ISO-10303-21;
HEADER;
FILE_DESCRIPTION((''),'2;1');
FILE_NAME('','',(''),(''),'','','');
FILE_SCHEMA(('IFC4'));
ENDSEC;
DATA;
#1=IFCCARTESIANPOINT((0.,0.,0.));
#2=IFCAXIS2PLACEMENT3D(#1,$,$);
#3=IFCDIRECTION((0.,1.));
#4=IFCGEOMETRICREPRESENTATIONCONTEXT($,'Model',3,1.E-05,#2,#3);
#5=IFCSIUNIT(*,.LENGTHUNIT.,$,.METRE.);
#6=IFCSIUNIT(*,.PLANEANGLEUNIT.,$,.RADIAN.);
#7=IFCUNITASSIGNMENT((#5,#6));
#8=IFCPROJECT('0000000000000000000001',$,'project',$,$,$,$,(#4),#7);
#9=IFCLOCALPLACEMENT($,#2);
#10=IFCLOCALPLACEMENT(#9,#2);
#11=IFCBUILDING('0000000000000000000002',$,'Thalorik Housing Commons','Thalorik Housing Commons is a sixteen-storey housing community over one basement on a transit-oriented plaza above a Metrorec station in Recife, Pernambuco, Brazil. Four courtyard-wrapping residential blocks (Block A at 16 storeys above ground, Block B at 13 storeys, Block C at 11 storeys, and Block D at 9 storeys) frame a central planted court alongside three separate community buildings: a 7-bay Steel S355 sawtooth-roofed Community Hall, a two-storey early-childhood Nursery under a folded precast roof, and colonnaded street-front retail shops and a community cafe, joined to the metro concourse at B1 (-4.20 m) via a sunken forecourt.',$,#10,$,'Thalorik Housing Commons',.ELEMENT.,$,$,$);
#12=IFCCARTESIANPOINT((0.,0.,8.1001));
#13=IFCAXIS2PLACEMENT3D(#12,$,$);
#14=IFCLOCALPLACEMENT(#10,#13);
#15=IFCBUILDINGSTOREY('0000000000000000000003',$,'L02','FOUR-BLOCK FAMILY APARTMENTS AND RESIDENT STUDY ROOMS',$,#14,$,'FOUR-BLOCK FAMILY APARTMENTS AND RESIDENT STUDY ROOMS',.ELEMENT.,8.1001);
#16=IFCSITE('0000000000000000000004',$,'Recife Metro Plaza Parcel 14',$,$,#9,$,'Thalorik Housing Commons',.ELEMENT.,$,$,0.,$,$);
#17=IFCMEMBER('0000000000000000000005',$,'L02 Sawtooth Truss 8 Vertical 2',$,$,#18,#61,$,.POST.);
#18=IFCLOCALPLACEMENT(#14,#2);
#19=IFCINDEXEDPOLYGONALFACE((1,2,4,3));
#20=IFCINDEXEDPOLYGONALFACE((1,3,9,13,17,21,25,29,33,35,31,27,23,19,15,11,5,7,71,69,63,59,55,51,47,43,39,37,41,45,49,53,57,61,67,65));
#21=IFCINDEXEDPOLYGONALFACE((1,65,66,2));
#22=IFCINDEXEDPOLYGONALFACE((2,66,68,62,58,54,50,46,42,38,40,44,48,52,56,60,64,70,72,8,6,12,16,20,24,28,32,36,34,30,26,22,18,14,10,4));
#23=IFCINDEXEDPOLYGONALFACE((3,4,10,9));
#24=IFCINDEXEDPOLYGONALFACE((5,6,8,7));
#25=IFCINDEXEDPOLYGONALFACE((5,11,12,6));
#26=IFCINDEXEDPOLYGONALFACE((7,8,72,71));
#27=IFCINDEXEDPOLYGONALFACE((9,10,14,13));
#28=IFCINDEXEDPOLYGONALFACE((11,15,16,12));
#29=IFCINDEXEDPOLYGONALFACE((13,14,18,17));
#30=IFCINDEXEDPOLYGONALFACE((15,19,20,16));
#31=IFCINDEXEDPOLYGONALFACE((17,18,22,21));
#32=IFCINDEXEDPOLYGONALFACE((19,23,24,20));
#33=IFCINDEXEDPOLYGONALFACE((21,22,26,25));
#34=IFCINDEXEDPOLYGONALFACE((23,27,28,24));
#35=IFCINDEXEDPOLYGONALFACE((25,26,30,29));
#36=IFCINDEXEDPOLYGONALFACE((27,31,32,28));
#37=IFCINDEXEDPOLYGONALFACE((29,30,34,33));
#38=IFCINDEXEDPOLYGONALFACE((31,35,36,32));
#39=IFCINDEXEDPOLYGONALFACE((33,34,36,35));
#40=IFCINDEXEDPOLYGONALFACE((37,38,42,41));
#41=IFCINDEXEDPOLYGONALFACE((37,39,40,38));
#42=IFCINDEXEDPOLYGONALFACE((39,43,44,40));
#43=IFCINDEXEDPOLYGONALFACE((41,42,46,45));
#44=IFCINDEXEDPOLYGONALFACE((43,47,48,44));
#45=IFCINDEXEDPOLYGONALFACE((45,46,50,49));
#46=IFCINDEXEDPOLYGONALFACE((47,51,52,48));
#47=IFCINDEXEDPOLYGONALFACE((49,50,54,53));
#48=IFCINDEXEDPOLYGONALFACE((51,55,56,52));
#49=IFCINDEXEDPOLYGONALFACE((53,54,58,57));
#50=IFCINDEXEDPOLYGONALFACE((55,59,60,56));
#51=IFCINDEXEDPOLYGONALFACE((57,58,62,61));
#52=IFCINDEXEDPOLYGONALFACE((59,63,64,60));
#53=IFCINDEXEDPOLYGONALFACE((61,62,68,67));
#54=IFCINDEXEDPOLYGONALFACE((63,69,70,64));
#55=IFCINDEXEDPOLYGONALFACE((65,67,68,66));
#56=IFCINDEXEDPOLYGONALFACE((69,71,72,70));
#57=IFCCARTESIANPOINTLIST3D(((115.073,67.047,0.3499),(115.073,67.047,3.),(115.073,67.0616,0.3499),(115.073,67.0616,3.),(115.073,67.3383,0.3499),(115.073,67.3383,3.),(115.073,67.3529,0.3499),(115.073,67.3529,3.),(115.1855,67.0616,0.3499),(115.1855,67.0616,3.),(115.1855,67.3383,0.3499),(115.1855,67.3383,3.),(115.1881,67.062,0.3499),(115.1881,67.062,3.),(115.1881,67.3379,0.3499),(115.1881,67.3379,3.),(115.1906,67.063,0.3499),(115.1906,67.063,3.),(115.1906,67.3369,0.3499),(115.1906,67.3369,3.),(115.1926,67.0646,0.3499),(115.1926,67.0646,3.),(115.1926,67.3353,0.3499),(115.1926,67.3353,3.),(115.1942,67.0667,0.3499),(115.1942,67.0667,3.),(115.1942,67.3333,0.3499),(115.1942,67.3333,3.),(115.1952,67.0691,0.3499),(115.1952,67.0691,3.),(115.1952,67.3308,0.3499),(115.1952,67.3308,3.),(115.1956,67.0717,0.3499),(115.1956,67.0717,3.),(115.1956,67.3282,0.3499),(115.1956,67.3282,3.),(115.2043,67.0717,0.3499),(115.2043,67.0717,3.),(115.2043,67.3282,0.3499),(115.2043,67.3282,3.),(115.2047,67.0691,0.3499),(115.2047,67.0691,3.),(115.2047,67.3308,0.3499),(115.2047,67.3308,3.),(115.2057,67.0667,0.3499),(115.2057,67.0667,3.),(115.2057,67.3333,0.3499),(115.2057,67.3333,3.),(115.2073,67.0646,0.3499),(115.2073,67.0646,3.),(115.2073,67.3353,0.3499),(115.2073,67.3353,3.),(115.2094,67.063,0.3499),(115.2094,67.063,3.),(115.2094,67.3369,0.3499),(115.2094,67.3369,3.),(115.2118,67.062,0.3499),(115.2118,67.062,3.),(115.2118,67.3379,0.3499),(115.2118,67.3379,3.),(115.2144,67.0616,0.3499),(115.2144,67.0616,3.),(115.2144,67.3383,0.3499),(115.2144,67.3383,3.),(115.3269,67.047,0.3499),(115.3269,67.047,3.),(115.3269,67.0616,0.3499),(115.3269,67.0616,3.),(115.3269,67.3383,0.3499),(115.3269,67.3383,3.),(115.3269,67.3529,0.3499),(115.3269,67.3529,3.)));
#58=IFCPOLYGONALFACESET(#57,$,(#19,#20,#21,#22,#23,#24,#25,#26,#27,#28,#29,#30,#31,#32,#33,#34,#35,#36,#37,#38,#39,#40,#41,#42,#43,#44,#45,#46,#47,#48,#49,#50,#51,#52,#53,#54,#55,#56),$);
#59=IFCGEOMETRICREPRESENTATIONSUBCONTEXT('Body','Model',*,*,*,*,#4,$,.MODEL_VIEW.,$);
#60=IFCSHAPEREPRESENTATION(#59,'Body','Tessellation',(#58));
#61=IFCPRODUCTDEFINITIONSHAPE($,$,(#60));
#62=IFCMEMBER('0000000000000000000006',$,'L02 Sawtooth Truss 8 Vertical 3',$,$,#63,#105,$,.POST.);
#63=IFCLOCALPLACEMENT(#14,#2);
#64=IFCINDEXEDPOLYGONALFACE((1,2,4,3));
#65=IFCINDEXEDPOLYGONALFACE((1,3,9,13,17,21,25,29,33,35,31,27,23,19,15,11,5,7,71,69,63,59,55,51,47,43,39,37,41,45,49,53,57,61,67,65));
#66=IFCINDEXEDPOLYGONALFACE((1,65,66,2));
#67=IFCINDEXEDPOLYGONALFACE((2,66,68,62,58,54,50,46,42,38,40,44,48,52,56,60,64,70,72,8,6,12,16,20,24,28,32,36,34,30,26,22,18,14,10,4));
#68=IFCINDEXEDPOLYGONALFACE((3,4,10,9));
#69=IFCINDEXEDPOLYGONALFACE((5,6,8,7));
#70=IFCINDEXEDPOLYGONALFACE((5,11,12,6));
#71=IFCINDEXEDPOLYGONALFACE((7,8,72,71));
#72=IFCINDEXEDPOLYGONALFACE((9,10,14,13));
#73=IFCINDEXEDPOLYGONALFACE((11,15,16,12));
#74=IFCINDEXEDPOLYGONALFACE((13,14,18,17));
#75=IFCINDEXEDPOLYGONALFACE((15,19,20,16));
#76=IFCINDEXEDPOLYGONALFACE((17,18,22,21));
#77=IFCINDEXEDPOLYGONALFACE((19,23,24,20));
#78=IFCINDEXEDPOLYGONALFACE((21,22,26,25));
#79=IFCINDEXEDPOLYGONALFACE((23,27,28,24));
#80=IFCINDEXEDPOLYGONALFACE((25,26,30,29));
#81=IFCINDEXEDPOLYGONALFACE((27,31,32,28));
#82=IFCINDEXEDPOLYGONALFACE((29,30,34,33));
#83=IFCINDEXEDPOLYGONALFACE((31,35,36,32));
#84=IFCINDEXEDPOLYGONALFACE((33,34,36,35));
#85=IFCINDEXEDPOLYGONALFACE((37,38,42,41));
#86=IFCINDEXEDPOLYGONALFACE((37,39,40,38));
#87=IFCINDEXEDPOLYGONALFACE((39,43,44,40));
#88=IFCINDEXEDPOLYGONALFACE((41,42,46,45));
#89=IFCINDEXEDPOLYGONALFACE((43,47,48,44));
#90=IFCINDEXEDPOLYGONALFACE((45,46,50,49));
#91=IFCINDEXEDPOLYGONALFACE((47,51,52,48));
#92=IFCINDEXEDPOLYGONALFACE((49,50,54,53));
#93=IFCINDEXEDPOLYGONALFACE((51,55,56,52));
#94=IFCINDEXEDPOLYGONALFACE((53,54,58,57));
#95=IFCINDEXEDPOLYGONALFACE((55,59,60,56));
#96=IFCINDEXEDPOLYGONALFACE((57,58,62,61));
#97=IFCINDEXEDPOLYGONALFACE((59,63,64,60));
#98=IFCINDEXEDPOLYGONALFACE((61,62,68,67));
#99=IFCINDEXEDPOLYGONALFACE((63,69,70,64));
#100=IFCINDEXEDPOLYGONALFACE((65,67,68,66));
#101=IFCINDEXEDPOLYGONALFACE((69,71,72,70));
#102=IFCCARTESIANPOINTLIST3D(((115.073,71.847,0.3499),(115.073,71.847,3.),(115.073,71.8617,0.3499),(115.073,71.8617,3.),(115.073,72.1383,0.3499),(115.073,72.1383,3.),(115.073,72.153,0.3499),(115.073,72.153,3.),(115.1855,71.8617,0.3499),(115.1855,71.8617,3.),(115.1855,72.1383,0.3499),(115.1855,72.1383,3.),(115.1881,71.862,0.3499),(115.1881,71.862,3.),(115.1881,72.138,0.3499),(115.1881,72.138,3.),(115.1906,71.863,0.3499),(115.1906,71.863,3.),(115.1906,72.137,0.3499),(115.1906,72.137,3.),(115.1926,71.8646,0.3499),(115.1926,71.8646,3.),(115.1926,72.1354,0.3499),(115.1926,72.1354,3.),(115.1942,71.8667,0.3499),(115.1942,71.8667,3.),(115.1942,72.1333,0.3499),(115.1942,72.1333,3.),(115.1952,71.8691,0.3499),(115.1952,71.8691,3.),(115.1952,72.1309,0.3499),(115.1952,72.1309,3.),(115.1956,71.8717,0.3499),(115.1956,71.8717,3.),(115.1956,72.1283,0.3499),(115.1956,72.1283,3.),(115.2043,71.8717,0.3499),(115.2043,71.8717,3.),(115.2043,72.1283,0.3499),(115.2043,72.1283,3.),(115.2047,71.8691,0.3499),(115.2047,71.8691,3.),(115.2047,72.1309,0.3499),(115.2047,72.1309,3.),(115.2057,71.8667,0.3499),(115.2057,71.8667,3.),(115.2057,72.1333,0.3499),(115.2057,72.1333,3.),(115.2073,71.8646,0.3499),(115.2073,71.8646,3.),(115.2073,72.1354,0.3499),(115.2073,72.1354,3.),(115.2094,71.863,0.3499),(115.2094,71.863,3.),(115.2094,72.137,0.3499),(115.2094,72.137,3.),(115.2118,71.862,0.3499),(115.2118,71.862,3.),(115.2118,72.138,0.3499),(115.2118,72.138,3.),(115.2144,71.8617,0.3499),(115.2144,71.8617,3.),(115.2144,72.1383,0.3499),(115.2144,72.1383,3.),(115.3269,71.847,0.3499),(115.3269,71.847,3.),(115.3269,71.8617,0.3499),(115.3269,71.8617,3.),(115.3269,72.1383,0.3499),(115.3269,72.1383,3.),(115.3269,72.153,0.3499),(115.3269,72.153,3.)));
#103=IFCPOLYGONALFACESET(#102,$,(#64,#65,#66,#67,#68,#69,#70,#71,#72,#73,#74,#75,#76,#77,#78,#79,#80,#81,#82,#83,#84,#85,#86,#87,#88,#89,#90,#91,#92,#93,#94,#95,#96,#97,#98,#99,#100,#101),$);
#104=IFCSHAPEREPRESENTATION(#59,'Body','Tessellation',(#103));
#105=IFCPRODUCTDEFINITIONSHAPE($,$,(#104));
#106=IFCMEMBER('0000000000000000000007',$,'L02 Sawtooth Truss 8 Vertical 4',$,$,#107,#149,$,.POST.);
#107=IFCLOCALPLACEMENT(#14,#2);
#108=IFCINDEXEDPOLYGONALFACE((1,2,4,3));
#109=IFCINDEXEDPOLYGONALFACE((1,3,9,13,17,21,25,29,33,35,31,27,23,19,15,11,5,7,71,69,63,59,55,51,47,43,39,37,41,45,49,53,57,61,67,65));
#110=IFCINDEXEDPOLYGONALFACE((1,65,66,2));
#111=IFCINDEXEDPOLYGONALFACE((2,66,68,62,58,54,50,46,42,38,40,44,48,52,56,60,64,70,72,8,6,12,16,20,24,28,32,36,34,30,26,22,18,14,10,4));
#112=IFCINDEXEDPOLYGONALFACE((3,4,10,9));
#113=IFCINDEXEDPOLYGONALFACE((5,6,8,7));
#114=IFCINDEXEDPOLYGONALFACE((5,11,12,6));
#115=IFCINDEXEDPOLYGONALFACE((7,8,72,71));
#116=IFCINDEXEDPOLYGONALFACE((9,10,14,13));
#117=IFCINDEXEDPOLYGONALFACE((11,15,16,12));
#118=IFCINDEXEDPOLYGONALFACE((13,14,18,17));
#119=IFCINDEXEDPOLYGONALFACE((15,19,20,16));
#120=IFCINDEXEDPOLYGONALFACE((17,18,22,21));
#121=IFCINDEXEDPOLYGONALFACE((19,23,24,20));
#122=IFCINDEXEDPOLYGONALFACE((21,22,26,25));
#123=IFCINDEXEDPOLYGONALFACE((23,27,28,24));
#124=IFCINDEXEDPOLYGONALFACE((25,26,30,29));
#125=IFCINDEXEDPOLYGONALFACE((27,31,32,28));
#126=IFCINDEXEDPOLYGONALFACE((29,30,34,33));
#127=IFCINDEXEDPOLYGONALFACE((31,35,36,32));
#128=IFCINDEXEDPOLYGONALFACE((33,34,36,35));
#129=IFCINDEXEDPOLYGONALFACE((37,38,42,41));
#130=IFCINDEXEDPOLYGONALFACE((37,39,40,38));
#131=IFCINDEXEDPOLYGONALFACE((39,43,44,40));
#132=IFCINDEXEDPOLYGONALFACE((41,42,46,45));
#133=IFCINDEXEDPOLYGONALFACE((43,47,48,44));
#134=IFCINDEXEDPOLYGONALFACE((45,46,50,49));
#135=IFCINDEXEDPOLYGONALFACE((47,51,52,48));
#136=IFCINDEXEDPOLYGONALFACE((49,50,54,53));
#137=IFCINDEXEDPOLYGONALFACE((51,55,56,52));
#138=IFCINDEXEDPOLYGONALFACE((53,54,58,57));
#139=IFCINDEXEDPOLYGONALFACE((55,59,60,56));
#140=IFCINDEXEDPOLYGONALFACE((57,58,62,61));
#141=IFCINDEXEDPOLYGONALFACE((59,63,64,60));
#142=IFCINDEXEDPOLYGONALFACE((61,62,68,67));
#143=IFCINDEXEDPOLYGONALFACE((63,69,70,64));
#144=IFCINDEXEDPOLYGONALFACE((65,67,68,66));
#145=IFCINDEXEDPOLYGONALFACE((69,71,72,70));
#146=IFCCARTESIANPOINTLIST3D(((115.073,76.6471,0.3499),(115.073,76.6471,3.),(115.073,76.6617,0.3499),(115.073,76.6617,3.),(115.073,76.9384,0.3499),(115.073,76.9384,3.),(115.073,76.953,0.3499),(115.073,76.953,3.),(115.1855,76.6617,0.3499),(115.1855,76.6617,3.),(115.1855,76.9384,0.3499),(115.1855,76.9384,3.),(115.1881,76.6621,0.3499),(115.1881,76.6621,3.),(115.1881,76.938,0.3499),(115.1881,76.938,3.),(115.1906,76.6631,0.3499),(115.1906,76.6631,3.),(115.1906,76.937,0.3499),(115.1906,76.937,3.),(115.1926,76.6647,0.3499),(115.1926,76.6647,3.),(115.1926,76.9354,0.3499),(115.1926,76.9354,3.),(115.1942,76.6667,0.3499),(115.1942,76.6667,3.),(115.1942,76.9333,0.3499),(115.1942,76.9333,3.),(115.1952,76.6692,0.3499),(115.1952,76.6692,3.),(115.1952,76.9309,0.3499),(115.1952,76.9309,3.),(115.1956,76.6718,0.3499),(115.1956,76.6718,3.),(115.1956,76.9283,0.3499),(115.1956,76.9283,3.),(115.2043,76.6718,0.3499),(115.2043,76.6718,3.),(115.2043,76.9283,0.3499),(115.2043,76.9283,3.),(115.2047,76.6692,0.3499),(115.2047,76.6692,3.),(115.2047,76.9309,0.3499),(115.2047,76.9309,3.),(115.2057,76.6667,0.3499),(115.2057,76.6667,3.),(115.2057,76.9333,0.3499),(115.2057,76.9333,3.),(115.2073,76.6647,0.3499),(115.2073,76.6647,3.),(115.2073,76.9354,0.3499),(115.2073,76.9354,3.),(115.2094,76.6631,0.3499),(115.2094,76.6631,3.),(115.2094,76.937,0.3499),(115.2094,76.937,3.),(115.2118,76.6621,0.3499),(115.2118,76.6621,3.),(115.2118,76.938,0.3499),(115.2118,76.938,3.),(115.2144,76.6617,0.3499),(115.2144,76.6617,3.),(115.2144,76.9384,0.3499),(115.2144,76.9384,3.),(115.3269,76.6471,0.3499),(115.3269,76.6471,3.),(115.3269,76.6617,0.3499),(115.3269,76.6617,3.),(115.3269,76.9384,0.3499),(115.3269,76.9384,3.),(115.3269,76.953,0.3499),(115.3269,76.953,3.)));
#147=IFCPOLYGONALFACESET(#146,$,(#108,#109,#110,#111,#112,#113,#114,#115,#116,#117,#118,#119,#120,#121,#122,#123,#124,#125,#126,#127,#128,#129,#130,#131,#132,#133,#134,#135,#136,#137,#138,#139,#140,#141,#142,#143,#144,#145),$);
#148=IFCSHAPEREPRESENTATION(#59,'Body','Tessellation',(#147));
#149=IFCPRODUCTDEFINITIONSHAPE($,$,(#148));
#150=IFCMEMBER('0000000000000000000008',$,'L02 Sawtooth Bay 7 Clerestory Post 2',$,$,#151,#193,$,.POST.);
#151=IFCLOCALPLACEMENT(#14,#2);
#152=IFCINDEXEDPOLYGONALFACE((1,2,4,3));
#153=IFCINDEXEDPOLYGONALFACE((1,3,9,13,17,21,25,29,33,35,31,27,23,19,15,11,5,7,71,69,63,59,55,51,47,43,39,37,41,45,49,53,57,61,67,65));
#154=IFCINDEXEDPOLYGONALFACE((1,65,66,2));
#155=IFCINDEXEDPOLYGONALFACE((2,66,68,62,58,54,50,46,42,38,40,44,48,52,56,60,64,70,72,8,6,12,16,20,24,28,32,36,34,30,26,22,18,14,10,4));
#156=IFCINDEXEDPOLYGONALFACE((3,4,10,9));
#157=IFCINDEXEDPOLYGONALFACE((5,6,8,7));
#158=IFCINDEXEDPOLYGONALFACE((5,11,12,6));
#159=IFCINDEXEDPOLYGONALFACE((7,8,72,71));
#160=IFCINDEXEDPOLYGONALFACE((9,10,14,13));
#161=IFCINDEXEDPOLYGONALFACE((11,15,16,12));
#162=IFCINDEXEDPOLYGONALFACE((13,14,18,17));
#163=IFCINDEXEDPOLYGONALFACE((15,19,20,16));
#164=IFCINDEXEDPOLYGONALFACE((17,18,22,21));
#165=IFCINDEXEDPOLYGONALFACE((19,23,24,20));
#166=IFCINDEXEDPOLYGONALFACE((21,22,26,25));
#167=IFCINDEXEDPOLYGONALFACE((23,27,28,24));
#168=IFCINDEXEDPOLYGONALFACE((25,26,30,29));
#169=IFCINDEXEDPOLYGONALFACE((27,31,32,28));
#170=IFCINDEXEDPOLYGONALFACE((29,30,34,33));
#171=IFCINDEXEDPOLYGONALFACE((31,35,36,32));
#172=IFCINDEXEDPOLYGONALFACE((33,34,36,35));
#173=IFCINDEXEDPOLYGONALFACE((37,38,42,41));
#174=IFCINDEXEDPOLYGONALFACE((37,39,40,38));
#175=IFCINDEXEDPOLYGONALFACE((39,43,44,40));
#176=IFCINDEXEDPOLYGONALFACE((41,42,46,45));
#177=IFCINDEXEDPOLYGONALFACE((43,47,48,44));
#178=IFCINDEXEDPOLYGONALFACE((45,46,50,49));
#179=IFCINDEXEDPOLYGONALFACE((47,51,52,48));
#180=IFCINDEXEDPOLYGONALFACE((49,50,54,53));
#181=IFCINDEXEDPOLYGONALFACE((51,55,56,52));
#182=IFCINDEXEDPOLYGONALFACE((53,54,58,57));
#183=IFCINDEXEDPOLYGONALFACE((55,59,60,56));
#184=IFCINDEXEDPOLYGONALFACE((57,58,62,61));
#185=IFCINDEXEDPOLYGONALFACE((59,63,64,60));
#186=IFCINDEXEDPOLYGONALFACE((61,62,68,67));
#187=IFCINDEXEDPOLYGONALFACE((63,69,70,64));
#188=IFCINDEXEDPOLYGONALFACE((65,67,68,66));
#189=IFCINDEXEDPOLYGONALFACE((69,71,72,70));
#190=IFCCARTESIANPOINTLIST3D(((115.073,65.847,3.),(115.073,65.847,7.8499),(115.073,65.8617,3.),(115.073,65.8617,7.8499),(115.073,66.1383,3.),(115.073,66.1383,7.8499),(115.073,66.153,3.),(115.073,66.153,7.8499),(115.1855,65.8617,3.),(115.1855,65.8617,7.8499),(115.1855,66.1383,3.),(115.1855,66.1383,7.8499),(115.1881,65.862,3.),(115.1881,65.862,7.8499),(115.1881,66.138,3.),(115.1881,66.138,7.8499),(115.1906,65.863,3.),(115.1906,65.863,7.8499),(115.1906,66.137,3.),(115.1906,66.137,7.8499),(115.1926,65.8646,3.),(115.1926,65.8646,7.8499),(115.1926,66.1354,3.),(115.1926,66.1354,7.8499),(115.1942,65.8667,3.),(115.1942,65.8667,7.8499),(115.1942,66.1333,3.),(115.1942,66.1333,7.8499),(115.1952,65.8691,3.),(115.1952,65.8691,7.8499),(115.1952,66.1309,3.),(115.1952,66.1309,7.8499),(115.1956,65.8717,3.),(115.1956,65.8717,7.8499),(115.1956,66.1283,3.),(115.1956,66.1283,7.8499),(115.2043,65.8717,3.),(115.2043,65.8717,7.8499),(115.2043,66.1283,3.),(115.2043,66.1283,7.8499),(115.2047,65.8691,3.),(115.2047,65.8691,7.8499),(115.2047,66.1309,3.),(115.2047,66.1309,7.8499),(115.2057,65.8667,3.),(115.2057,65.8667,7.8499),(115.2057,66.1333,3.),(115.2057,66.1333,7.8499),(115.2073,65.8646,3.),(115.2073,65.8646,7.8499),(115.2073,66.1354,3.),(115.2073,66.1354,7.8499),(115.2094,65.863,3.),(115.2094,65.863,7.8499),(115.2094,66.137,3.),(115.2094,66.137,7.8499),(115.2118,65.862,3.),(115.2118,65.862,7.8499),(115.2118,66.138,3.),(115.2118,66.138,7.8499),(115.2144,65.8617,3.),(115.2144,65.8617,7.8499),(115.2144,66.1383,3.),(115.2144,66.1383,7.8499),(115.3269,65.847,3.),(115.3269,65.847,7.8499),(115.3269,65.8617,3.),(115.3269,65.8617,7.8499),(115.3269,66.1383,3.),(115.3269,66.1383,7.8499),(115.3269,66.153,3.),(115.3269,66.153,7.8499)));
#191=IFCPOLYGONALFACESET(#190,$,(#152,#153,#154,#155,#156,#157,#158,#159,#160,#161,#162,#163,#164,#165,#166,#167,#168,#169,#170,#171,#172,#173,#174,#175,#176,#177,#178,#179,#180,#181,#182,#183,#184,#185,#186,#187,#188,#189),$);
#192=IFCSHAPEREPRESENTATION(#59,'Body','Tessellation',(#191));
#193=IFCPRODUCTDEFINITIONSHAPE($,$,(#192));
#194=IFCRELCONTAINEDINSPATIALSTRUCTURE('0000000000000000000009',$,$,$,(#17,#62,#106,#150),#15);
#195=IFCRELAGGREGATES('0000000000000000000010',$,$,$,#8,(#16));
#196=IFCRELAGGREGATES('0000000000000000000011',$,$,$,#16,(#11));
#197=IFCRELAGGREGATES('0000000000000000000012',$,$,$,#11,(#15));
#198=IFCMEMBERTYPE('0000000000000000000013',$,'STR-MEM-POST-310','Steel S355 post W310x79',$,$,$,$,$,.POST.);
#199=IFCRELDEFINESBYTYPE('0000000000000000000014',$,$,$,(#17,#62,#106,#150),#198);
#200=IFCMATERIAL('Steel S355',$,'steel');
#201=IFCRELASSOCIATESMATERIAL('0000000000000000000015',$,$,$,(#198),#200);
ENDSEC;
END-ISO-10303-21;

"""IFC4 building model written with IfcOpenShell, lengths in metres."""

from ifc_helpers import new_model, si_unit, direction, frame, origin, origin_2d, place, context, subcontext, project, spatial, i_section, extrude, material, material_profile, profile_set, type_object, element, save


model = new_model("IFC4")

# Units and contexts
model_context = context("Model", 3, precision=1e-05, world=origin(), true_north=direction((0.0, 1.0)))
body_context = subcontext(model_context, "Body", "Model", "MODEL_VIEW")
ifc_project = project(units=[si_unit("LENGTHUNIT", "METRE"), si_unit("PLANEANGLEUNIT", "RADIAN")], contexts=[model_context])

# Site, building, storey
site_placement = place(None, origin())
site = spatial("IfcSite", under=ifc_project, at=site_placement, Name="Recife Metro Plaza Parcel 14", LongName="Thalorik Housing Commons", CompositionType="ELEMENT", RefElevation=0.0)
building_placement = place(site_placement, origin())
building = spatial("IfcBuilding", under=site, at=building_placement, Name="Thalorik Housing Commons", Description="Thalorik Housing Commons is a sixteen-storey housing community over one basement on a transit-oriented plaza above a Metrorec station in Recife, Pernambuco, Brazil. Four courtyard-wrapping residential blocks (Block A at 16 storeys above ground, Block B at 13 storeys, Block C at 11 storeys, and Block D at 9 storeys) frame a central planted court alongside three separate community buildings: a 7-bay Steel S355 sawtooth-roofed Community Hall, a two-storey early-childhood Nursery under a folded precast roof, and colonnaded street-front retail shops and a community cafe, joined to the metro concourse at B1 (-4.20 m) via a sunken forecourt.", LongName="Thalorik Housing Commons", CompositionType="ELEMENT")
storey_placement = place(building_placement, frame((0.0, 0.0, 8.1001)))
storey = spatial("IfcBuildingStorey", under=building, at=storey_placement, Name="L02", Description="FOUR-BLOCK FAMILY APARTMENTS AND RESIDENT STUDY ROOMS", LongName="FOUR-BLOCK FAMILY APARTMENTS AND RESIDENT STUDY ROOMS", CompositionType="ELEMENT", Elevation=8.1001)

# Members
ifc_material_1 = material(Name="Steel S355", Category="steel")
ifc_material_profile_1 = material_profile(ifc_material_1, i_section(OverallWidth=0.2539, OverallDepth=0.3059, WebThickness=0.0088, FlangeThickness=0.0146, FilletRadius=0.01, at=origin_2d()), Name="W310x79", Category="steel")
ifc_profile_set_1 = profile_set([ifc_material_profile_1], Name="Steel S355")
member_type_1 = type_object("IfcMemberType", Name="STR-MEM-POST-310", Description="Steel S355 post W310x79", PredefinedType="POST", material=ifc_profile_set_1)
for number, where, z_axis, x_axis, name in (
    (1, (115.2, 67.2, 0.3499), (0.0, 0.0, 1.0), (1.0, 0.0, 0.0), "L02 Sawtooth Truss 8 Vertical 2"),
    (2, (115.2, 72.0, 0.3499), (0.0, 0.0, 1.0), (1.0, 0.0, 0.0), "L02 Sawtooth Truss 8 Vertical 3"),
    (3, (115.2, 76.8, 0.3499), (0.0, 0.0, 1.0), (1.0, 0.0, 0.0), "L02 Sawtooth Truss 8 Vertical 4"),
):
    element("IfcMember", number, at=place(storey_placement, frame(where, z_axis=z_axis, x_axis=x_axis)), inside=storey, type_object=member_type_1, Name=name, PredefinedType="POST", context=body_context, shape_type="SweptSolid", body=[
        extrude(i_section(OverallWidth=0.2539, OverallDepth=0.3059, WebThickness=0.0088, FlangeThickness=0.0146, FilletRadius=0.01, at=origin_2d()), origin(), (0.0, 0.0, 1.0), 2.6501),
    ])
for number, where, z_axis, x_axis, name in (
    (4, (115.2, 66.0, 3.0), (0.0, 0.0, 1.0), (1.0, 0.0, 0.0), "L02 Sawtooth Bay 7 Clerestory Post 2"),
):
    element("IfcMember", number, at=place(storey_placement, frame(where, z_axis=z_axis, x_axis=x_axis)), inside=storey, type_object=member_type_1, Name=name, PredefinedType="POST", context=body_context, shape_type="SweptSolid", body=[
        extrude(i_section(OverallWidth=0.2539, OverallDepth=0.3059, WebThickness=0.0088, FlangeThickness=0.0146, FilletRadius=0.01, at=origin_2d()), origin(), (0.0, 0.0, 1.0), 4.8499),
    ])

save(model, "model.ifc")
